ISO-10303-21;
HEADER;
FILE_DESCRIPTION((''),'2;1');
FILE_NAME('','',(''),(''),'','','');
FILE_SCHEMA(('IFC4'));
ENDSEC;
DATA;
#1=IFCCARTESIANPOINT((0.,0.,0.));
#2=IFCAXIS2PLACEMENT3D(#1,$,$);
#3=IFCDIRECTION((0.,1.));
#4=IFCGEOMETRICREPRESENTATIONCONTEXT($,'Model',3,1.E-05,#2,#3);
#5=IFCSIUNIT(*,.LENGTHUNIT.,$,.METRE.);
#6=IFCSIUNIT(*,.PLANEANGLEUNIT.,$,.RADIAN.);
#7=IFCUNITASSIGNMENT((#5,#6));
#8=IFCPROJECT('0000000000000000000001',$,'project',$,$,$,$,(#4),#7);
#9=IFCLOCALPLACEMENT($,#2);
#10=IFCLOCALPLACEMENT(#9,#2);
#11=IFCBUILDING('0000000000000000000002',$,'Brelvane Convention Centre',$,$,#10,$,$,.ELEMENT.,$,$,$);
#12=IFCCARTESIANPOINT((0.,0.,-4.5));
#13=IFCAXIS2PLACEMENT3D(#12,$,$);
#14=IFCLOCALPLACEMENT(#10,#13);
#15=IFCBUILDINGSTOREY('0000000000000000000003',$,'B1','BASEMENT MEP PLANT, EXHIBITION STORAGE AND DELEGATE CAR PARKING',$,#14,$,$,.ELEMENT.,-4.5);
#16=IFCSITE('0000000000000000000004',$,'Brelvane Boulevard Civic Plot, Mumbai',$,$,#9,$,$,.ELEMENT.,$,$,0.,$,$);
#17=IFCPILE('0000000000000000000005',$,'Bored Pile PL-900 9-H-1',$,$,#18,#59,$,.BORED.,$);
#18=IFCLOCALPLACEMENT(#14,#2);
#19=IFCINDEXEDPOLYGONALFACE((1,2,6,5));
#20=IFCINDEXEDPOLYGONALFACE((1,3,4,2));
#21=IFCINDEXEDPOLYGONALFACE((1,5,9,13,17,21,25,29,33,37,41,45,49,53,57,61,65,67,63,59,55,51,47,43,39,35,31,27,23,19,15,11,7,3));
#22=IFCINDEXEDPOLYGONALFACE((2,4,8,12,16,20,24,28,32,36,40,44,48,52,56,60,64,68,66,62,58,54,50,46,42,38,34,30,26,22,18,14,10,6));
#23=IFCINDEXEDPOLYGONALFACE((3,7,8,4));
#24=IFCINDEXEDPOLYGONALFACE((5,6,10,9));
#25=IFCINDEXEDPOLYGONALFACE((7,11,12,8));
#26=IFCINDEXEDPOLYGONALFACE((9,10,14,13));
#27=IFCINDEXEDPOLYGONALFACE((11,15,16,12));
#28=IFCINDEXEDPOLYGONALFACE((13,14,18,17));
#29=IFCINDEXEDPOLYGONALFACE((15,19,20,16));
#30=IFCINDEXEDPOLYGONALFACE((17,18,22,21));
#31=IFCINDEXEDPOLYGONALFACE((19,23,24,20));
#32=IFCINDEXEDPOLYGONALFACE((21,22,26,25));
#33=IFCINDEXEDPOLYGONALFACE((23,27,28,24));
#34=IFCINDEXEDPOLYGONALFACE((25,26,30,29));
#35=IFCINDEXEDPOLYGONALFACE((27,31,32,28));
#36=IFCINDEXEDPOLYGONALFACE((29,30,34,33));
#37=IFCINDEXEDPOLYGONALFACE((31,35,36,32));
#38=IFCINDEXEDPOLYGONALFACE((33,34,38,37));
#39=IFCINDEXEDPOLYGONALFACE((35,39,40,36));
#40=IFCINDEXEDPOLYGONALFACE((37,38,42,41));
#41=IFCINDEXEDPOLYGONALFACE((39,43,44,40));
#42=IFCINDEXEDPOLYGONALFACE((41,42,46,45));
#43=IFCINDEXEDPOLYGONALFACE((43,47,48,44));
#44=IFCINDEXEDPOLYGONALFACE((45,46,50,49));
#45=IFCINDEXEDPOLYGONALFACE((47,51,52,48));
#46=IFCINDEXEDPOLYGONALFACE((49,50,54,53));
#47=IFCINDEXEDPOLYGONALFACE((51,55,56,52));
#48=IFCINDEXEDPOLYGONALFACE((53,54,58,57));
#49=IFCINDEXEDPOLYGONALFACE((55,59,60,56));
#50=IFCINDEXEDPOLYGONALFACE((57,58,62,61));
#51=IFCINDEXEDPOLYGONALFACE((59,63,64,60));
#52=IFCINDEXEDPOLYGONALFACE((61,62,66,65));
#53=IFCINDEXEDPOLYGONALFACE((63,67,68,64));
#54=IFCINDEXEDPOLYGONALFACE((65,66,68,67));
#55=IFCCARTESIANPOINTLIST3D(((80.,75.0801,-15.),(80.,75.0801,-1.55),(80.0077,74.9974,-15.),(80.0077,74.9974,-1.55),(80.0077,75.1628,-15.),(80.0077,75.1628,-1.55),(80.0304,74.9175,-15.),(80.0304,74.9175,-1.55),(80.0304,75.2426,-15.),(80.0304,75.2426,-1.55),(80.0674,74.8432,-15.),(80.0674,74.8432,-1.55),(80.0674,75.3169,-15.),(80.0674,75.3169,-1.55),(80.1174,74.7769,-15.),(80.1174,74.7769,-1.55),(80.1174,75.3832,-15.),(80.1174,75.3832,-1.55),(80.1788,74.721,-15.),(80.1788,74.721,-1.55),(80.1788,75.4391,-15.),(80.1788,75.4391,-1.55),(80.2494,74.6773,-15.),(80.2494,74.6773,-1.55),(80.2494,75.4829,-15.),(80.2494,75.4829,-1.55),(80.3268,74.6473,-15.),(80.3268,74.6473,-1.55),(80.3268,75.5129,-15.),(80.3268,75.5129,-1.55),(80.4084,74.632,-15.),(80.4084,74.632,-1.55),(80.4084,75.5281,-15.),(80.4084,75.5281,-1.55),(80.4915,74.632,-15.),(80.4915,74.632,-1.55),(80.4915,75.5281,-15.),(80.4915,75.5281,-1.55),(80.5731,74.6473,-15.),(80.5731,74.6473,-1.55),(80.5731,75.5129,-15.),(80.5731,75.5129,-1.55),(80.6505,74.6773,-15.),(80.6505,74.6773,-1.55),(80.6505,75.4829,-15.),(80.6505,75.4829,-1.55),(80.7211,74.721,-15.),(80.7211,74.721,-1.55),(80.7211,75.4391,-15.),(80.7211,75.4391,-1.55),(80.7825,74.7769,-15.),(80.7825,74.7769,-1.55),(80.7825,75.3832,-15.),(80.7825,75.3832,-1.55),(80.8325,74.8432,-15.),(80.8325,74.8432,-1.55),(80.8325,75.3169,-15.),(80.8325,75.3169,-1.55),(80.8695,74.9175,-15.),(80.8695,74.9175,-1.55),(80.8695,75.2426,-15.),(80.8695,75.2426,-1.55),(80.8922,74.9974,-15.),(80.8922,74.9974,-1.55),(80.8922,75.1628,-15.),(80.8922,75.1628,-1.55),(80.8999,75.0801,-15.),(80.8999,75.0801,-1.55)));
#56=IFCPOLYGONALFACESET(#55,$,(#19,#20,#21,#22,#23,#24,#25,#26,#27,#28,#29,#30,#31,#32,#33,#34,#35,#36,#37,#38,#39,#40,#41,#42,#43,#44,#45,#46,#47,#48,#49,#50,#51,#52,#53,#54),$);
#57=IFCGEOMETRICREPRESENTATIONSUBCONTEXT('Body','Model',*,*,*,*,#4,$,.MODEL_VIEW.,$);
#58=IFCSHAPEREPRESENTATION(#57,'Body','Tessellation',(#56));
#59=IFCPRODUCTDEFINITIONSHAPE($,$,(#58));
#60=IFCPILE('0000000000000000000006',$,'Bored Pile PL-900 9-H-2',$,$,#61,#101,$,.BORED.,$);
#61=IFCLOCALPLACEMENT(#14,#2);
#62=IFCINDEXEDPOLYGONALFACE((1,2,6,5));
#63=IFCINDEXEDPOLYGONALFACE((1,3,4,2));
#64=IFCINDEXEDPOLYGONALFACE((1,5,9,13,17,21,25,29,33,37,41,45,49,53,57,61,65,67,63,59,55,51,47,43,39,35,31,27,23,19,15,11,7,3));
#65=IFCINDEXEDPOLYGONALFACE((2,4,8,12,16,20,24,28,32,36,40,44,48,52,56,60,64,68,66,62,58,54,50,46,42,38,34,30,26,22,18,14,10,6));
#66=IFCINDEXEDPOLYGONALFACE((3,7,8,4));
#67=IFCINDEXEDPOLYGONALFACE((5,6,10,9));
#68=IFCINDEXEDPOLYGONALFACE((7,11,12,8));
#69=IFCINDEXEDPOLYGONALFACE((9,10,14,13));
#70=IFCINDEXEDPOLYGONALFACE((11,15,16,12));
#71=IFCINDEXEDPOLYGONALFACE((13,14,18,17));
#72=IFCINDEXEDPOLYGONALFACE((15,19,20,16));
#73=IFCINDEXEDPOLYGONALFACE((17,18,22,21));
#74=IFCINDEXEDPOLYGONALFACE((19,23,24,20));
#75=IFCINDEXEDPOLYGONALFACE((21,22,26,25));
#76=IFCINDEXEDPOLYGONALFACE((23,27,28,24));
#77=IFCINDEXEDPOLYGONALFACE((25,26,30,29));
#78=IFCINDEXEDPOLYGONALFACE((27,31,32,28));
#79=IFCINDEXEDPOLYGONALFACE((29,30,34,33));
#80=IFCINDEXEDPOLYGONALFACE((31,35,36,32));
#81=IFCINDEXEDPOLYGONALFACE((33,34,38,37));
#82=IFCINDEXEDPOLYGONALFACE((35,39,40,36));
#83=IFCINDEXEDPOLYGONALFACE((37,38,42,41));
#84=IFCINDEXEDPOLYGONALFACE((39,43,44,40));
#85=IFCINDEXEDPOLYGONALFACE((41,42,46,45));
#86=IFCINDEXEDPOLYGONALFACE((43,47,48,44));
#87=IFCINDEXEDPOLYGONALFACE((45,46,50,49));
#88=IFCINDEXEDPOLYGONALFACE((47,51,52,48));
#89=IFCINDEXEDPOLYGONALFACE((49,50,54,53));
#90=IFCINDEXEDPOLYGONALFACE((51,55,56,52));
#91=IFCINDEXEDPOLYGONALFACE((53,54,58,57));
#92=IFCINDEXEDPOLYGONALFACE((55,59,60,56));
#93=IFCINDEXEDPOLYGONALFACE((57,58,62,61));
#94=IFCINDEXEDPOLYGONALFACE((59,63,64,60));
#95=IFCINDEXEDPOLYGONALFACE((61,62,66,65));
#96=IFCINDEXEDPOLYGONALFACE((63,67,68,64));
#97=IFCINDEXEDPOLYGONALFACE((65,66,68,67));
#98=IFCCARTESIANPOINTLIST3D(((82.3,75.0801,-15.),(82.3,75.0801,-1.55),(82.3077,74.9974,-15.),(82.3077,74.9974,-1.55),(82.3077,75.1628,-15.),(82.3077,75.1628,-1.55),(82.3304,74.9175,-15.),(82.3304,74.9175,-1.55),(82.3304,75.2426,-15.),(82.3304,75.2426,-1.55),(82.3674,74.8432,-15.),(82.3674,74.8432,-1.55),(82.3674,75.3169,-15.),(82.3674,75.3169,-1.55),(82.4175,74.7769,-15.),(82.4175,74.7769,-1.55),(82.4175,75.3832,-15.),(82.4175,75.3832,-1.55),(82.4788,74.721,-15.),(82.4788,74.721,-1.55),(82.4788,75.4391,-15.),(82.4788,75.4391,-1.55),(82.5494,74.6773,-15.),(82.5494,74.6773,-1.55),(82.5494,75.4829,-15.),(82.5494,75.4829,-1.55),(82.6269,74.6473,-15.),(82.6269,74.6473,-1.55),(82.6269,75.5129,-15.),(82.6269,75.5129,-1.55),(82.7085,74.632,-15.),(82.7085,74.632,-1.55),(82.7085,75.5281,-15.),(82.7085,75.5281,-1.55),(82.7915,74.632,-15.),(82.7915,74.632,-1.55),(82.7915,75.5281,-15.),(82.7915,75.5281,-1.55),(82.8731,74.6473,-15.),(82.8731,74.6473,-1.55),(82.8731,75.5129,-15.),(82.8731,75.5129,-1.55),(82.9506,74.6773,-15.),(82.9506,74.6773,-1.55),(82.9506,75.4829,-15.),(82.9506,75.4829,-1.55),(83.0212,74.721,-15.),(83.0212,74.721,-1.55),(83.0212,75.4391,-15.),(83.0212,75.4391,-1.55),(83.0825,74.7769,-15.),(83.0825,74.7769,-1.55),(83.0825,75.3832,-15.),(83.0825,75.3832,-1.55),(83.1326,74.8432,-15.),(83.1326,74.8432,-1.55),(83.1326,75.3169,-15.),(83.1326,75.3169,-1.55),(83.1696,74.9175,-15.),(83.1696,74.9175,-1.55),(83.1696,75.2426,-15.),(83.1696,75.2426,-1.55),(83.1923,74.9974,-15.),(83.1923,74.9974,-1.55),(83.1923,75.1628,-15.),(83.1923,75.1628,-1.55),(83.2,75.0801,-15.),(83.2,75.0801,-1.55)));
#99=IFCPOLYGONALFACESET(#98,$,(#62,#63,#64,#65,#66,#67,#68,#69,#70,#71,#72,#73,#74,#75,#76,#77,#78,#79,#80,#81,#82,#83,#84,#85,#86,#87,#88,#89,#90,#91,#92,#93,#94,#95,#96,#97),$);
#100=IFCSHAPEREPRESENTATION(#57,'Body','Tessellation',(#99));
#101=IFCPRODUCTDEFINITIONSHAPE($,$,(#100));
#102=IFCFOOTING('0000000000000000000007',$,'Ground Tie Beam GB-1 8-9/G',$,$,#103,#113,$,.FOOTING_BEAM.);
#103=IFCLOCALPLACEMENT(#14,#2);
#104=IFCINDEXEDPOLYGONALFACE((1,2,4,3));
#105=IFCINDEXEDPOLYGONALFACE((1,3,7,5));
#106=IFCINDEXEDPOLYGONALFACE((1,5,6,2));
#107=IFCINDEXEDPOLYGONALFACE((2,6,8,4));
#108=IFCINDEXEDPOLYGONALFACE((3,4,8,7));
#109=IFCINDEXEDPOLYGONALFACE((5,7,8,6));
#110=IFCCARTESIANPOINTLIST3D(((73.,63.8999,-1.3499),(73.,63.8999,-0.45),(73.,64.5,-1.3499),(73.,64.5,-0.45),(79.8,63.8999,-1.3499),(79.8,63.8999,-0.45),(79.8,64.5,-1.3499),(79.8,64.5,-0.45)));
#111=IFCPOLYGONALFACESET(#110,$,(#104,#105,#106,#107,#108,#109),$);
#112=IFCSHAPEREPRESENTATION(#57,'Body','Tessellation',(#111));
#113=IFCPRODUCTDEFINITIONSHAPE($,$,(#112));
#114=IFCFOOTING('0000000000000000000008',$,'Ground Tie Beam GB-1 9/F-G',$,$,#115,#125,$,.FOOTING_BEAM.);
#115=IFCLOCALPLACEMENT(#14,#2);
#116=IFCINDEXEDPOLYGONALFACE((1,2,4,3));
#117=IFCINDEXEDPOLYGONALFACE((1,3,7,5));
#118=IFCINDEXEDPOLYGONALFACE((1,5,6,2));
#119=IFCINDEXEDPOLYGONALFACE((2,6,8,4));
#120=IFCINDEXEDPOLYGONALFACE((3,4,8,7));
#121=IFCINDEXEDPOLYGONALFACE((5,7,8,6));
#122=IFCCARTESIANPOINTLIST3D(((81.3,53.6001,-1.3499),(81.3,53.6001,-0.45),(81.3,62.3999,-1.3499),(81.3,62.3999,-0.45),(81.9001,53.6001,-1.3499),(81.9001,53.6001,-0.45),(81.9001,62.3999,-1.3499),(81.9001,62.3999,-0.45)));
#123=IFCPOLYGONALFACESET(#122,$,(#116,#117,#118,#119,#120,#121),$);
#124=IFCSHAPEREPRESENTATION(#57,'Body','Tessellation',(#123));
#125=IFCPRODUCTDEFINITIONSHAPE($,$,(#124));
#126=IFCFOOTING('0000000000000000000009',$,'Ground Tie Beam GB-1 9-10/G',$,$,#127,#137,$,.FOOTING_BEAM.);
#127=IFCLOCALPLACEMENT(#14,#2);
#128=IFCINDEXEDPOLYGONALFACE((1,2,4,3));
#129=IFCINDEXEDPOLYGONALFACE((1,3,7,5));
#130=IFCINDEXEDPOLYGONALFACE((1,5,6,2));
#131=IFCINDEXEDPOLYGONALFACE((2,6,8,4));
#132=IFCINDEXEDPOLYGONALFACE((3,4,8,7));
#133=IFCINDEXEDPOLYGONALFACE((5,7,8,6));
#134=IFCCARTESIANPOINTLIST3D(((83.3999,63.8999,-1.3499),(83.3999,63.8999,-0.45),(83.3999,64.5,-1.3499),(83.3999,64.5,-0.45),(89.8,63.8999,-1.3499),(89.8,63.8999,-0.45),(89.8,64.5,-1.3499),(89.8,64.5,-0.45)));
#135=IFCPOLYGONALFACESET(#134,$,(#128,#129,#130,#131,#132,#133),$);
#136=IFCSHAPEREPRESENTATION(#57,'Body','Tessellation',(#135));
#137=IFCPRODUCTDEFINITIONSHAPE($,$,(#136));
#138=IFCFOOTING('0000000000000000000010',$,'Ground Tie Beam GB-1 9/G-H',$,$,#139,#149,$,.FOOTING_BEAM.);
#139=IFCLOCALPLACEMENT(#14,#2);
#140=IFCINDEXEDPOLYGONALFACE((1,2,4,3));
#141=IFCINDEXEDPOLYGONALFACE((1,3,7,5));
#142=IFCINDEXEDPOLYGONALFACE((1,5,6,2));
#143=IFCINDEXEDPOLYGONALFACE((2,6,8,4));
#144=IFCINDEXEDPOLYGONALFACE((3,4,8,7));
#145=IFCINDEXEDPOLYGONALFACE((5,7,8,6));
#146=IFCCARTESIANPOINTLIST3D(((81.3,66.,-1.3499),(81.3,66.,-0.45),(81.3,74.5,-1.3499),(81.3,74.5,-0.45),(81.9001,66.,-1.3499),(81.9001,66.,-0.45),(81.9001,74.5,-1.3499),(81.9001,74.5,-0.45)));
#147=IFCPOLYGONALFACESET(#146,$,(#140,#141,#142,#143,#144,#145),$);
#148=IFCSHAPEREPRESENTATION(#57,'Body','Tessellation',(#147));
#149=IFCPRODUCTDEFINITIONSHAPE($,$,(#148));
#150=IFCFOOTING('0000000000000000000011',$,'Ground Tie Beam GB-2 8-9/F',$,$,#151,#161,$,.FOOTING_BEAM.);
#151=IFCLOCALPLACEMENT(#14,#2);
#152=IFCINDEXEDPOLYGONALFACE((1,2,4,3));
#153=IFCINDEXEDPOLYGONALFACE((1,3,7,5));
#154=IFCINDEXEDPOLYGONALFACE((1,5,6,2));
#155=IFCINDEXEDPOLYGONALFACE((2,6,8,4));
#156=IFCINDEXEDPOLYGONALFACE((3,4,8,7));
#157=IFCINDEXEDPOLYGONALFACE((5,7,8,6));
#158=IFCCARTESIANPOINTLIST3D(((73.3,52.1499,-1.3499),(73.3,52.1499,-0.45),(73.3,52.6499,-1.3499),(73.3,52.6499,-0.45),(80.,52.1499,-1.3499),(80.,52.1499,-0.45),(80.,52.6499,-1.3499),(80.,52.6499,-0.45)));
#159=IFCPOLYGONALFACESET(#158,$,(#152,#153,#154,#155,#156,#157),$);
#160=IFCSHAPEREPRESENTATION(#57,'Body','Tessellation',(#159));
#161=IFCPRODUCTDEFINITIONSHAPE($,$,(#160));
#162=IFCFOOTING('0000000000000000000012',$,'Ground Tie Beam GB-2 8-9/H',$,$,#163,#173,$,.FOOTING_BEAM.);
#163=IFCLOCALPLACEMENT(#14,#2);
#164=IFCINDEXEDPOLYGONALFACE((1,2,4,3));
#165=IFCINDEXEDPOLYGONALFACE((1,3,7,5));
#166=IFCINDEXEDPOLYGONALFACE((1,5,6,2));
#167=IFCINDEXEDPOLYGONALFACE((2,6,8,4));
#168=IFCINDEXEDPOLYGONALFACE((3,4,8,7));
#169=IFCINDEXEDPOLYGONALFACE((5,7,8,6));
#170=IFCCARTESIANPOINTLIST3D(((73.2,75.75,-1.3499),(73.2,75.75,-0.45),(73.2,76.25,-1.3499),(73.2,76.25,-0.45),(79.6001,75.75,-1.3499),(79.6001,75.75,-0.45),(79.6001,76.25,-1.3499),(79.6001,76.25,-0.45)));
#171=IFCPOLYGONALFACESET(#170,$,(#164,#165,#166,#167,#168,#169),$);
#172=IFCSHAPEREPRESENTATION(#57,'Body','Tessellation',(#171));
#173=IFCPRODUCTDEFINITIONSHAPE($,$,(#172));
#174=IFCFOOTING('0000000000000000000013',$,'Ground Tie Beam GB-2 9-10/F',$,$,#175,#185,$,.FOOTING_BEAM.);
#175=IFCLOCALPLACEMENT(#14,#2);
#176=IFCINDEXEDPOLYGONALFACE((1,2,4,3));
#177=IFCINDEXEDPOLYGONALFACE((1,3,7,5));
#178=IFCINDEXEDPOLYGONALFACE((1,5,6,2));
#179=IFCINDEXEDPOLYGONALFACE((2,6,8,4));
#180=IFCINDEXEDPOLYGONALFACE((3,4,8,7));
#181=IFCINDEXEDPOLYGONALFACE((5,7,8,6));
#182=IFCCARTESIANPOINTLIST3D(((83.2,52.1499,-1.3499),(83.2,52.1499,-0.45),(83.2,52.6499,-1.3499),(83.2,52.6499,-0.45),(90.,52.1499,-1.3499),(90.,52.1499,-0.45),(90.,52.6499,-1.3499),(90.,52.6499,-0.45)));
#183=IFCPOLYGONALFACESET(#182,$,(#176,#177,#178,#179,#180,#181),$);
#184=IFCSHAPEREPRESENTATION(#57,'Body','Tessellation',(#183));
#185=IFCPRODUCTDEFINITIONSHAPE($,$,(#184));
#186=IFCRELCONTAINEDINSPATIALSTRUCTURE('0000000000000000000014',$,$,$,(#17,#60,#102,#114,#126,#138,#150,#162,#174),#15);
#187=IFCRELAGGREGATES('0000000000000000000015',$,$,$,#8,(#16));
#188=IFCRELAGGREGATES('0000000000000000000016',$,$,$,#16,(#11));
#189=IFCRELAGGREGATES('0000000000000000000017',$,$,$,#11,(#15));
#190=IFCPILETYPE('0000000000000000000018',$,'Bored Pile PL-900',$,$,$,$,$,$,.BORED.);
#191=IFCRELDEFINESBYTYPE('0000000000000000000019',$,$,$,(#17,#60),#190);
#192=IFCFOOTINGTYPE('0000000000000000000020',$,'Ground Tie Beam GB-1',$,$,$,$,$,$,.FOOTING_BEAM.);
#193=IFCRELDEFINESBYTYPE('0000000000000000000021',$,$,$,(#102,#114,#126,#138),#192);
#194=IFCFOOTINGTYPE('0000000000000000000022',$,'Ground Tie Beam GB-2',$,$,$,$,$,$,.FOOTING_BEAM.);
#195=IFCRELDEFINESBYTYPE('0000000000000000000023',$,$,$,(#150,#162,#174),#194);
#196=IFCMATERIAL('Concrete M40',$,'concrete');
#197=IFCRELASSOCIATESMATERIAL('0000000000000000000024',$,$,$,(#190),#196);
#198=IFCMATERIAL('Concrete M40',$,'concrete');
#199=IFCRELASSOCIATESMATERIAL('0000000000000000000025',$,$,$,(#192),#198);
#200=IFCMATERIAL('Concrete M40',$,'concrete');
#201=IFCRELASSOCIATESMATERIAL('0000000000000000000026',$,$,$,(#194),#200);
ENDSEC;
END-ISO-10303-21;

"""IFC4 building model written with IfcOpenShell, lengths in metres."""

from ifc_helpers import new_model, si_unit, direction, frame, origin, origin_2d, place, context, subcontext, project, spatial, rectangle, circle, extrude, material, material_profile, profile_set, type_object, element, save


model = new_model("IFC4")

# Units and contexts
model_context = context("Model", 3, precision=1e-05, world=origin(), true_north=direction((0.0, 1.0)))
body_context = subcontext(model_context, "Body", "Model", "MODEL_VIEW")
ifc_project = project(units=[si_unit("LENGTHUNIT", "METRE"), si_unit("PLANEANGLEUNIT", "RADIAN")], contexts=[model_context])

# Site, building, storey
site_placement = place(None, origin())
site = spatial("IfcSite", under=ifc_project, at=site_placement, Name="Brelvane Boulevard Civic Plot, Mumbai", CompositionType="ELEMENT", RefElevation=0.0)
building_placement = place(site_placement, origin())
building = spatial("IfcBuilding", under=site, at=building_placement, Name="Brelvane Convention Centre", CompositionType="ELEMENT")
storey_placement = place(building_placement, frame((0.0, 0.0, -4.5)))
storey = spatial("IfcBuildingStorey", under=building, at=storey_placement, Name="B1", Description="BASEMENT MEP PLANT, EXHIBITION STORAGE AND DELEGATE CAR PARKING", CompositionType="ELEMENT", Elevation=-4.5)

# Piles
ifc_material_1 = material(Name="Concrete M40", Category="concrete")
ifc_material_profile_1 = material_profile(ifc_material_1, circle(Radius=0.45, at=origin_2d()), Name="PILE D900")
ifc_profile_set_1 = profile_set([ifc_material_profile_1], Name="Concrete M40")
pile_type = type_object("IfcPileType", Name="Bored Pile PL-900", PredefinedType="BORED", material=ifc_profile_set_1)
for number, where, z_axis, x_axis, name in (
    (1, (80.45, 75.0801, -1.55), (0.0, 0.0, -1.0), (1.0, 0.0, 0.0), "Bored Pile PL-900 9-H-1"),
    (2, (82.75, 75.0801, -1.55), (0.0, 0.0, -1.0), (1.0, 0.0, 0.0), "Bored Pile PL-900 9-H-2"),
):
    element("IfcPile", number, at=place(storey_placement, frame(where, z_axis=z_axis, x_axis=x_axis)), inside=storey, type_object=pile_type, Name=name, PredefinedType="BORED", context=body_context, shape_type="SweptSolid", body=[
        extrude(circle(Radius=0.45, at=origin_2d()), origin(), (0.0, 0.0, 1.0), 13.45),
    ])

# Footings
ifc_material_2 = material(Name="Concrete M40", Category="concrete")
ifc_material_profile_2 = material_profile(ifc_material_2, rectangle(XDim=0.6001, YDim=0.8999, at=origin_2d()), Name="RC 600x900")
ifc_profile_set_2 = profile_set([ifc_material_profile_2], Name="Concrete M40")
footing_type_1 = type_object("IfcFootingType", Name="Ground Tie Beam GB-1", PredefinedType="FOOTING_BEAM", material=ifc_profile_set_2)
footing_1_placement = place(storey_placement, frame((73.0, 64.2, -0.8999), z_axis=(1.0, 0.0, 0.0), x_axis=(0.0, 1.0, 0.0)))
element("IfcFooting", 3, at=footing_1_placement, inside=storey, type_object=footing_type_1, Name="Ground Tie Beam GB-1 8-9/G", PredefinedType="FOOTING_BEAM", context=body_context, shape_type="SweptSolid", body=[
    extrude(rectangle(XDim=0.6001, YDim=0.8999, at=origin_2d()), origin(), (0.0, 0.0, 1.0), 6.8),
])
footing_2_placement = place(storey_placement, frame((81.6001, 53.6001, -0.8999), z_axis=(0.0, 1.0, 0.0), x_axis=(-1.0, 0.0, 0.0)))
element("IfcFooting", 4, at=footing_2_placement, inside=storey, type_object=footing_type_1, Name="Ground Tie Beam GB-1 9/F-G", PredefinedType="FOOTING_BEAM", context=body_context, shape_type="SweptSolid", body=[
    extrude(rectangle(XDim=0.6001, YDim=0.8999, at=origin_2d()), origin(), (0.0, 0.0, 1.0), 8.7998),
])
footing_3_placement = place(storey_placement, frame((83.3999, 64.2, -0.8999), z_axis=(1.0, 0.0, 0.0), x_axis=(0.0, 1.0, 0.0)))
element("IfcFooting", 5, at=footing_3_placement, inside=storey, type_object=footing_type_1, Name="Ground Tie Beam GB-1 9-10/G", PredefinedType="FOOTING_BEAM", context=body_context, shape_type="SweptSolid", body=[
    extrude(rectangle(XDim=0.6001, YDim=0.8999, at=origin_2d()), origin(), (0.0, 0.0, 1.0), 6.4001),
])
footing_4_placement = place(storey_placement, frame((81.6001, 66.0, -0.8999), z_axis=(0.0, 1.0, 0.0), x_axis=(-1.0, 0.0, 0.0)))
element("IfcFooting", 6, at=footing_4_placement, inside=storey, type_object=footing_type_1, Name="Ground Tie Beam GB-1 9/G-H", PredefinedType="FOOTING_BEAM", context=body_context, shape_type="SweptSolid", body=[
    extrude(rectangle(XDim=0.6001, YDim=0.8999, at=origin_2d()), origin(), (0.0, 0.0, 1.0), 8.5),
])
ifc_material_3 = material(Name="Concrete M40", Category="concrete")
ifc_material_profile_3 = material_profile(ifc_material_3, rectangle(XDim=0.5, YDim=0.8999, at=origin_2d()), Name="RC 500x900")
ifc_profile_set_3 = profile_set([ifc_material_profile_3], Name="Concrete M40")
footing_type_2 = type_object("IfcFootingType", Name="Ground Tie Beam GB-2", PredefinedType="FOOTING_BEAM", material=ifc_profile_set_3)
footing_5_placement = place(storey_placement, frame((73.3, 52.3999, -0.8999), z_axis=(1.0, 0.0, 0.0), x_axis=(0.0, 1.0, 0.0)))
element("IfcFooting", 7, at=footing_5_placement, inside=storey, type_object=footing_type_2, Name="Ground Tie Beam GB-2 8-9/F", PredefinedType="FOOTING_BEAM", context=body_context, shape_type="SweptSolid", body=[
    extrude(rectangle(XDim=0.5, YDim=0.8999, at=origin_2d()), origin(), (0.0, 0.0, 1.0), 6.7),
])
footing_6_placement = place(storey_placement, frame((73.2, 76.0, -0.8999), z_axis=(1.0, 0.0, 0.0), x_axis=(0.0, 1.0, 0.0)))
element("IfcFooting", 8, at=footing_6_placement, inside=storey, type_object=footing_type_2, Name="Ground Tie Beam GB-2 8-9/H", PredefinedType="FOOTING_BEAM", context=body_context, shape_type="SweptSolid", body=[
    extrude(rectangle(XDim=0.5, YDim=0.8999, at=origin_2d()), origin(), (0.0, 0.0, 1.0), 6.4001),
])
footing_7_placement = place(storey_placement, frame((83.2, 52.3999, -0.8999), z_axis=(1.0, 0.0, 0.0), x_axis=(0.0, 1.0, 0.0)))
element("IfcFooting", 9, at=footing_7_placement, inside=storey, type_object=footing_type_2, Name="Ground Tie Beam GB-2 9-10/F", PredefinedType="FOOTING_BEAM", context=body_context, shape_type="SweptSolid", body=[
    extrude(rectangle(XDim=0.5, YDim=0.8999, at=origin_2d()), origin(), (0.0, 0.0, 1.0), 6.8),
])

save(model, "model.ifc")
